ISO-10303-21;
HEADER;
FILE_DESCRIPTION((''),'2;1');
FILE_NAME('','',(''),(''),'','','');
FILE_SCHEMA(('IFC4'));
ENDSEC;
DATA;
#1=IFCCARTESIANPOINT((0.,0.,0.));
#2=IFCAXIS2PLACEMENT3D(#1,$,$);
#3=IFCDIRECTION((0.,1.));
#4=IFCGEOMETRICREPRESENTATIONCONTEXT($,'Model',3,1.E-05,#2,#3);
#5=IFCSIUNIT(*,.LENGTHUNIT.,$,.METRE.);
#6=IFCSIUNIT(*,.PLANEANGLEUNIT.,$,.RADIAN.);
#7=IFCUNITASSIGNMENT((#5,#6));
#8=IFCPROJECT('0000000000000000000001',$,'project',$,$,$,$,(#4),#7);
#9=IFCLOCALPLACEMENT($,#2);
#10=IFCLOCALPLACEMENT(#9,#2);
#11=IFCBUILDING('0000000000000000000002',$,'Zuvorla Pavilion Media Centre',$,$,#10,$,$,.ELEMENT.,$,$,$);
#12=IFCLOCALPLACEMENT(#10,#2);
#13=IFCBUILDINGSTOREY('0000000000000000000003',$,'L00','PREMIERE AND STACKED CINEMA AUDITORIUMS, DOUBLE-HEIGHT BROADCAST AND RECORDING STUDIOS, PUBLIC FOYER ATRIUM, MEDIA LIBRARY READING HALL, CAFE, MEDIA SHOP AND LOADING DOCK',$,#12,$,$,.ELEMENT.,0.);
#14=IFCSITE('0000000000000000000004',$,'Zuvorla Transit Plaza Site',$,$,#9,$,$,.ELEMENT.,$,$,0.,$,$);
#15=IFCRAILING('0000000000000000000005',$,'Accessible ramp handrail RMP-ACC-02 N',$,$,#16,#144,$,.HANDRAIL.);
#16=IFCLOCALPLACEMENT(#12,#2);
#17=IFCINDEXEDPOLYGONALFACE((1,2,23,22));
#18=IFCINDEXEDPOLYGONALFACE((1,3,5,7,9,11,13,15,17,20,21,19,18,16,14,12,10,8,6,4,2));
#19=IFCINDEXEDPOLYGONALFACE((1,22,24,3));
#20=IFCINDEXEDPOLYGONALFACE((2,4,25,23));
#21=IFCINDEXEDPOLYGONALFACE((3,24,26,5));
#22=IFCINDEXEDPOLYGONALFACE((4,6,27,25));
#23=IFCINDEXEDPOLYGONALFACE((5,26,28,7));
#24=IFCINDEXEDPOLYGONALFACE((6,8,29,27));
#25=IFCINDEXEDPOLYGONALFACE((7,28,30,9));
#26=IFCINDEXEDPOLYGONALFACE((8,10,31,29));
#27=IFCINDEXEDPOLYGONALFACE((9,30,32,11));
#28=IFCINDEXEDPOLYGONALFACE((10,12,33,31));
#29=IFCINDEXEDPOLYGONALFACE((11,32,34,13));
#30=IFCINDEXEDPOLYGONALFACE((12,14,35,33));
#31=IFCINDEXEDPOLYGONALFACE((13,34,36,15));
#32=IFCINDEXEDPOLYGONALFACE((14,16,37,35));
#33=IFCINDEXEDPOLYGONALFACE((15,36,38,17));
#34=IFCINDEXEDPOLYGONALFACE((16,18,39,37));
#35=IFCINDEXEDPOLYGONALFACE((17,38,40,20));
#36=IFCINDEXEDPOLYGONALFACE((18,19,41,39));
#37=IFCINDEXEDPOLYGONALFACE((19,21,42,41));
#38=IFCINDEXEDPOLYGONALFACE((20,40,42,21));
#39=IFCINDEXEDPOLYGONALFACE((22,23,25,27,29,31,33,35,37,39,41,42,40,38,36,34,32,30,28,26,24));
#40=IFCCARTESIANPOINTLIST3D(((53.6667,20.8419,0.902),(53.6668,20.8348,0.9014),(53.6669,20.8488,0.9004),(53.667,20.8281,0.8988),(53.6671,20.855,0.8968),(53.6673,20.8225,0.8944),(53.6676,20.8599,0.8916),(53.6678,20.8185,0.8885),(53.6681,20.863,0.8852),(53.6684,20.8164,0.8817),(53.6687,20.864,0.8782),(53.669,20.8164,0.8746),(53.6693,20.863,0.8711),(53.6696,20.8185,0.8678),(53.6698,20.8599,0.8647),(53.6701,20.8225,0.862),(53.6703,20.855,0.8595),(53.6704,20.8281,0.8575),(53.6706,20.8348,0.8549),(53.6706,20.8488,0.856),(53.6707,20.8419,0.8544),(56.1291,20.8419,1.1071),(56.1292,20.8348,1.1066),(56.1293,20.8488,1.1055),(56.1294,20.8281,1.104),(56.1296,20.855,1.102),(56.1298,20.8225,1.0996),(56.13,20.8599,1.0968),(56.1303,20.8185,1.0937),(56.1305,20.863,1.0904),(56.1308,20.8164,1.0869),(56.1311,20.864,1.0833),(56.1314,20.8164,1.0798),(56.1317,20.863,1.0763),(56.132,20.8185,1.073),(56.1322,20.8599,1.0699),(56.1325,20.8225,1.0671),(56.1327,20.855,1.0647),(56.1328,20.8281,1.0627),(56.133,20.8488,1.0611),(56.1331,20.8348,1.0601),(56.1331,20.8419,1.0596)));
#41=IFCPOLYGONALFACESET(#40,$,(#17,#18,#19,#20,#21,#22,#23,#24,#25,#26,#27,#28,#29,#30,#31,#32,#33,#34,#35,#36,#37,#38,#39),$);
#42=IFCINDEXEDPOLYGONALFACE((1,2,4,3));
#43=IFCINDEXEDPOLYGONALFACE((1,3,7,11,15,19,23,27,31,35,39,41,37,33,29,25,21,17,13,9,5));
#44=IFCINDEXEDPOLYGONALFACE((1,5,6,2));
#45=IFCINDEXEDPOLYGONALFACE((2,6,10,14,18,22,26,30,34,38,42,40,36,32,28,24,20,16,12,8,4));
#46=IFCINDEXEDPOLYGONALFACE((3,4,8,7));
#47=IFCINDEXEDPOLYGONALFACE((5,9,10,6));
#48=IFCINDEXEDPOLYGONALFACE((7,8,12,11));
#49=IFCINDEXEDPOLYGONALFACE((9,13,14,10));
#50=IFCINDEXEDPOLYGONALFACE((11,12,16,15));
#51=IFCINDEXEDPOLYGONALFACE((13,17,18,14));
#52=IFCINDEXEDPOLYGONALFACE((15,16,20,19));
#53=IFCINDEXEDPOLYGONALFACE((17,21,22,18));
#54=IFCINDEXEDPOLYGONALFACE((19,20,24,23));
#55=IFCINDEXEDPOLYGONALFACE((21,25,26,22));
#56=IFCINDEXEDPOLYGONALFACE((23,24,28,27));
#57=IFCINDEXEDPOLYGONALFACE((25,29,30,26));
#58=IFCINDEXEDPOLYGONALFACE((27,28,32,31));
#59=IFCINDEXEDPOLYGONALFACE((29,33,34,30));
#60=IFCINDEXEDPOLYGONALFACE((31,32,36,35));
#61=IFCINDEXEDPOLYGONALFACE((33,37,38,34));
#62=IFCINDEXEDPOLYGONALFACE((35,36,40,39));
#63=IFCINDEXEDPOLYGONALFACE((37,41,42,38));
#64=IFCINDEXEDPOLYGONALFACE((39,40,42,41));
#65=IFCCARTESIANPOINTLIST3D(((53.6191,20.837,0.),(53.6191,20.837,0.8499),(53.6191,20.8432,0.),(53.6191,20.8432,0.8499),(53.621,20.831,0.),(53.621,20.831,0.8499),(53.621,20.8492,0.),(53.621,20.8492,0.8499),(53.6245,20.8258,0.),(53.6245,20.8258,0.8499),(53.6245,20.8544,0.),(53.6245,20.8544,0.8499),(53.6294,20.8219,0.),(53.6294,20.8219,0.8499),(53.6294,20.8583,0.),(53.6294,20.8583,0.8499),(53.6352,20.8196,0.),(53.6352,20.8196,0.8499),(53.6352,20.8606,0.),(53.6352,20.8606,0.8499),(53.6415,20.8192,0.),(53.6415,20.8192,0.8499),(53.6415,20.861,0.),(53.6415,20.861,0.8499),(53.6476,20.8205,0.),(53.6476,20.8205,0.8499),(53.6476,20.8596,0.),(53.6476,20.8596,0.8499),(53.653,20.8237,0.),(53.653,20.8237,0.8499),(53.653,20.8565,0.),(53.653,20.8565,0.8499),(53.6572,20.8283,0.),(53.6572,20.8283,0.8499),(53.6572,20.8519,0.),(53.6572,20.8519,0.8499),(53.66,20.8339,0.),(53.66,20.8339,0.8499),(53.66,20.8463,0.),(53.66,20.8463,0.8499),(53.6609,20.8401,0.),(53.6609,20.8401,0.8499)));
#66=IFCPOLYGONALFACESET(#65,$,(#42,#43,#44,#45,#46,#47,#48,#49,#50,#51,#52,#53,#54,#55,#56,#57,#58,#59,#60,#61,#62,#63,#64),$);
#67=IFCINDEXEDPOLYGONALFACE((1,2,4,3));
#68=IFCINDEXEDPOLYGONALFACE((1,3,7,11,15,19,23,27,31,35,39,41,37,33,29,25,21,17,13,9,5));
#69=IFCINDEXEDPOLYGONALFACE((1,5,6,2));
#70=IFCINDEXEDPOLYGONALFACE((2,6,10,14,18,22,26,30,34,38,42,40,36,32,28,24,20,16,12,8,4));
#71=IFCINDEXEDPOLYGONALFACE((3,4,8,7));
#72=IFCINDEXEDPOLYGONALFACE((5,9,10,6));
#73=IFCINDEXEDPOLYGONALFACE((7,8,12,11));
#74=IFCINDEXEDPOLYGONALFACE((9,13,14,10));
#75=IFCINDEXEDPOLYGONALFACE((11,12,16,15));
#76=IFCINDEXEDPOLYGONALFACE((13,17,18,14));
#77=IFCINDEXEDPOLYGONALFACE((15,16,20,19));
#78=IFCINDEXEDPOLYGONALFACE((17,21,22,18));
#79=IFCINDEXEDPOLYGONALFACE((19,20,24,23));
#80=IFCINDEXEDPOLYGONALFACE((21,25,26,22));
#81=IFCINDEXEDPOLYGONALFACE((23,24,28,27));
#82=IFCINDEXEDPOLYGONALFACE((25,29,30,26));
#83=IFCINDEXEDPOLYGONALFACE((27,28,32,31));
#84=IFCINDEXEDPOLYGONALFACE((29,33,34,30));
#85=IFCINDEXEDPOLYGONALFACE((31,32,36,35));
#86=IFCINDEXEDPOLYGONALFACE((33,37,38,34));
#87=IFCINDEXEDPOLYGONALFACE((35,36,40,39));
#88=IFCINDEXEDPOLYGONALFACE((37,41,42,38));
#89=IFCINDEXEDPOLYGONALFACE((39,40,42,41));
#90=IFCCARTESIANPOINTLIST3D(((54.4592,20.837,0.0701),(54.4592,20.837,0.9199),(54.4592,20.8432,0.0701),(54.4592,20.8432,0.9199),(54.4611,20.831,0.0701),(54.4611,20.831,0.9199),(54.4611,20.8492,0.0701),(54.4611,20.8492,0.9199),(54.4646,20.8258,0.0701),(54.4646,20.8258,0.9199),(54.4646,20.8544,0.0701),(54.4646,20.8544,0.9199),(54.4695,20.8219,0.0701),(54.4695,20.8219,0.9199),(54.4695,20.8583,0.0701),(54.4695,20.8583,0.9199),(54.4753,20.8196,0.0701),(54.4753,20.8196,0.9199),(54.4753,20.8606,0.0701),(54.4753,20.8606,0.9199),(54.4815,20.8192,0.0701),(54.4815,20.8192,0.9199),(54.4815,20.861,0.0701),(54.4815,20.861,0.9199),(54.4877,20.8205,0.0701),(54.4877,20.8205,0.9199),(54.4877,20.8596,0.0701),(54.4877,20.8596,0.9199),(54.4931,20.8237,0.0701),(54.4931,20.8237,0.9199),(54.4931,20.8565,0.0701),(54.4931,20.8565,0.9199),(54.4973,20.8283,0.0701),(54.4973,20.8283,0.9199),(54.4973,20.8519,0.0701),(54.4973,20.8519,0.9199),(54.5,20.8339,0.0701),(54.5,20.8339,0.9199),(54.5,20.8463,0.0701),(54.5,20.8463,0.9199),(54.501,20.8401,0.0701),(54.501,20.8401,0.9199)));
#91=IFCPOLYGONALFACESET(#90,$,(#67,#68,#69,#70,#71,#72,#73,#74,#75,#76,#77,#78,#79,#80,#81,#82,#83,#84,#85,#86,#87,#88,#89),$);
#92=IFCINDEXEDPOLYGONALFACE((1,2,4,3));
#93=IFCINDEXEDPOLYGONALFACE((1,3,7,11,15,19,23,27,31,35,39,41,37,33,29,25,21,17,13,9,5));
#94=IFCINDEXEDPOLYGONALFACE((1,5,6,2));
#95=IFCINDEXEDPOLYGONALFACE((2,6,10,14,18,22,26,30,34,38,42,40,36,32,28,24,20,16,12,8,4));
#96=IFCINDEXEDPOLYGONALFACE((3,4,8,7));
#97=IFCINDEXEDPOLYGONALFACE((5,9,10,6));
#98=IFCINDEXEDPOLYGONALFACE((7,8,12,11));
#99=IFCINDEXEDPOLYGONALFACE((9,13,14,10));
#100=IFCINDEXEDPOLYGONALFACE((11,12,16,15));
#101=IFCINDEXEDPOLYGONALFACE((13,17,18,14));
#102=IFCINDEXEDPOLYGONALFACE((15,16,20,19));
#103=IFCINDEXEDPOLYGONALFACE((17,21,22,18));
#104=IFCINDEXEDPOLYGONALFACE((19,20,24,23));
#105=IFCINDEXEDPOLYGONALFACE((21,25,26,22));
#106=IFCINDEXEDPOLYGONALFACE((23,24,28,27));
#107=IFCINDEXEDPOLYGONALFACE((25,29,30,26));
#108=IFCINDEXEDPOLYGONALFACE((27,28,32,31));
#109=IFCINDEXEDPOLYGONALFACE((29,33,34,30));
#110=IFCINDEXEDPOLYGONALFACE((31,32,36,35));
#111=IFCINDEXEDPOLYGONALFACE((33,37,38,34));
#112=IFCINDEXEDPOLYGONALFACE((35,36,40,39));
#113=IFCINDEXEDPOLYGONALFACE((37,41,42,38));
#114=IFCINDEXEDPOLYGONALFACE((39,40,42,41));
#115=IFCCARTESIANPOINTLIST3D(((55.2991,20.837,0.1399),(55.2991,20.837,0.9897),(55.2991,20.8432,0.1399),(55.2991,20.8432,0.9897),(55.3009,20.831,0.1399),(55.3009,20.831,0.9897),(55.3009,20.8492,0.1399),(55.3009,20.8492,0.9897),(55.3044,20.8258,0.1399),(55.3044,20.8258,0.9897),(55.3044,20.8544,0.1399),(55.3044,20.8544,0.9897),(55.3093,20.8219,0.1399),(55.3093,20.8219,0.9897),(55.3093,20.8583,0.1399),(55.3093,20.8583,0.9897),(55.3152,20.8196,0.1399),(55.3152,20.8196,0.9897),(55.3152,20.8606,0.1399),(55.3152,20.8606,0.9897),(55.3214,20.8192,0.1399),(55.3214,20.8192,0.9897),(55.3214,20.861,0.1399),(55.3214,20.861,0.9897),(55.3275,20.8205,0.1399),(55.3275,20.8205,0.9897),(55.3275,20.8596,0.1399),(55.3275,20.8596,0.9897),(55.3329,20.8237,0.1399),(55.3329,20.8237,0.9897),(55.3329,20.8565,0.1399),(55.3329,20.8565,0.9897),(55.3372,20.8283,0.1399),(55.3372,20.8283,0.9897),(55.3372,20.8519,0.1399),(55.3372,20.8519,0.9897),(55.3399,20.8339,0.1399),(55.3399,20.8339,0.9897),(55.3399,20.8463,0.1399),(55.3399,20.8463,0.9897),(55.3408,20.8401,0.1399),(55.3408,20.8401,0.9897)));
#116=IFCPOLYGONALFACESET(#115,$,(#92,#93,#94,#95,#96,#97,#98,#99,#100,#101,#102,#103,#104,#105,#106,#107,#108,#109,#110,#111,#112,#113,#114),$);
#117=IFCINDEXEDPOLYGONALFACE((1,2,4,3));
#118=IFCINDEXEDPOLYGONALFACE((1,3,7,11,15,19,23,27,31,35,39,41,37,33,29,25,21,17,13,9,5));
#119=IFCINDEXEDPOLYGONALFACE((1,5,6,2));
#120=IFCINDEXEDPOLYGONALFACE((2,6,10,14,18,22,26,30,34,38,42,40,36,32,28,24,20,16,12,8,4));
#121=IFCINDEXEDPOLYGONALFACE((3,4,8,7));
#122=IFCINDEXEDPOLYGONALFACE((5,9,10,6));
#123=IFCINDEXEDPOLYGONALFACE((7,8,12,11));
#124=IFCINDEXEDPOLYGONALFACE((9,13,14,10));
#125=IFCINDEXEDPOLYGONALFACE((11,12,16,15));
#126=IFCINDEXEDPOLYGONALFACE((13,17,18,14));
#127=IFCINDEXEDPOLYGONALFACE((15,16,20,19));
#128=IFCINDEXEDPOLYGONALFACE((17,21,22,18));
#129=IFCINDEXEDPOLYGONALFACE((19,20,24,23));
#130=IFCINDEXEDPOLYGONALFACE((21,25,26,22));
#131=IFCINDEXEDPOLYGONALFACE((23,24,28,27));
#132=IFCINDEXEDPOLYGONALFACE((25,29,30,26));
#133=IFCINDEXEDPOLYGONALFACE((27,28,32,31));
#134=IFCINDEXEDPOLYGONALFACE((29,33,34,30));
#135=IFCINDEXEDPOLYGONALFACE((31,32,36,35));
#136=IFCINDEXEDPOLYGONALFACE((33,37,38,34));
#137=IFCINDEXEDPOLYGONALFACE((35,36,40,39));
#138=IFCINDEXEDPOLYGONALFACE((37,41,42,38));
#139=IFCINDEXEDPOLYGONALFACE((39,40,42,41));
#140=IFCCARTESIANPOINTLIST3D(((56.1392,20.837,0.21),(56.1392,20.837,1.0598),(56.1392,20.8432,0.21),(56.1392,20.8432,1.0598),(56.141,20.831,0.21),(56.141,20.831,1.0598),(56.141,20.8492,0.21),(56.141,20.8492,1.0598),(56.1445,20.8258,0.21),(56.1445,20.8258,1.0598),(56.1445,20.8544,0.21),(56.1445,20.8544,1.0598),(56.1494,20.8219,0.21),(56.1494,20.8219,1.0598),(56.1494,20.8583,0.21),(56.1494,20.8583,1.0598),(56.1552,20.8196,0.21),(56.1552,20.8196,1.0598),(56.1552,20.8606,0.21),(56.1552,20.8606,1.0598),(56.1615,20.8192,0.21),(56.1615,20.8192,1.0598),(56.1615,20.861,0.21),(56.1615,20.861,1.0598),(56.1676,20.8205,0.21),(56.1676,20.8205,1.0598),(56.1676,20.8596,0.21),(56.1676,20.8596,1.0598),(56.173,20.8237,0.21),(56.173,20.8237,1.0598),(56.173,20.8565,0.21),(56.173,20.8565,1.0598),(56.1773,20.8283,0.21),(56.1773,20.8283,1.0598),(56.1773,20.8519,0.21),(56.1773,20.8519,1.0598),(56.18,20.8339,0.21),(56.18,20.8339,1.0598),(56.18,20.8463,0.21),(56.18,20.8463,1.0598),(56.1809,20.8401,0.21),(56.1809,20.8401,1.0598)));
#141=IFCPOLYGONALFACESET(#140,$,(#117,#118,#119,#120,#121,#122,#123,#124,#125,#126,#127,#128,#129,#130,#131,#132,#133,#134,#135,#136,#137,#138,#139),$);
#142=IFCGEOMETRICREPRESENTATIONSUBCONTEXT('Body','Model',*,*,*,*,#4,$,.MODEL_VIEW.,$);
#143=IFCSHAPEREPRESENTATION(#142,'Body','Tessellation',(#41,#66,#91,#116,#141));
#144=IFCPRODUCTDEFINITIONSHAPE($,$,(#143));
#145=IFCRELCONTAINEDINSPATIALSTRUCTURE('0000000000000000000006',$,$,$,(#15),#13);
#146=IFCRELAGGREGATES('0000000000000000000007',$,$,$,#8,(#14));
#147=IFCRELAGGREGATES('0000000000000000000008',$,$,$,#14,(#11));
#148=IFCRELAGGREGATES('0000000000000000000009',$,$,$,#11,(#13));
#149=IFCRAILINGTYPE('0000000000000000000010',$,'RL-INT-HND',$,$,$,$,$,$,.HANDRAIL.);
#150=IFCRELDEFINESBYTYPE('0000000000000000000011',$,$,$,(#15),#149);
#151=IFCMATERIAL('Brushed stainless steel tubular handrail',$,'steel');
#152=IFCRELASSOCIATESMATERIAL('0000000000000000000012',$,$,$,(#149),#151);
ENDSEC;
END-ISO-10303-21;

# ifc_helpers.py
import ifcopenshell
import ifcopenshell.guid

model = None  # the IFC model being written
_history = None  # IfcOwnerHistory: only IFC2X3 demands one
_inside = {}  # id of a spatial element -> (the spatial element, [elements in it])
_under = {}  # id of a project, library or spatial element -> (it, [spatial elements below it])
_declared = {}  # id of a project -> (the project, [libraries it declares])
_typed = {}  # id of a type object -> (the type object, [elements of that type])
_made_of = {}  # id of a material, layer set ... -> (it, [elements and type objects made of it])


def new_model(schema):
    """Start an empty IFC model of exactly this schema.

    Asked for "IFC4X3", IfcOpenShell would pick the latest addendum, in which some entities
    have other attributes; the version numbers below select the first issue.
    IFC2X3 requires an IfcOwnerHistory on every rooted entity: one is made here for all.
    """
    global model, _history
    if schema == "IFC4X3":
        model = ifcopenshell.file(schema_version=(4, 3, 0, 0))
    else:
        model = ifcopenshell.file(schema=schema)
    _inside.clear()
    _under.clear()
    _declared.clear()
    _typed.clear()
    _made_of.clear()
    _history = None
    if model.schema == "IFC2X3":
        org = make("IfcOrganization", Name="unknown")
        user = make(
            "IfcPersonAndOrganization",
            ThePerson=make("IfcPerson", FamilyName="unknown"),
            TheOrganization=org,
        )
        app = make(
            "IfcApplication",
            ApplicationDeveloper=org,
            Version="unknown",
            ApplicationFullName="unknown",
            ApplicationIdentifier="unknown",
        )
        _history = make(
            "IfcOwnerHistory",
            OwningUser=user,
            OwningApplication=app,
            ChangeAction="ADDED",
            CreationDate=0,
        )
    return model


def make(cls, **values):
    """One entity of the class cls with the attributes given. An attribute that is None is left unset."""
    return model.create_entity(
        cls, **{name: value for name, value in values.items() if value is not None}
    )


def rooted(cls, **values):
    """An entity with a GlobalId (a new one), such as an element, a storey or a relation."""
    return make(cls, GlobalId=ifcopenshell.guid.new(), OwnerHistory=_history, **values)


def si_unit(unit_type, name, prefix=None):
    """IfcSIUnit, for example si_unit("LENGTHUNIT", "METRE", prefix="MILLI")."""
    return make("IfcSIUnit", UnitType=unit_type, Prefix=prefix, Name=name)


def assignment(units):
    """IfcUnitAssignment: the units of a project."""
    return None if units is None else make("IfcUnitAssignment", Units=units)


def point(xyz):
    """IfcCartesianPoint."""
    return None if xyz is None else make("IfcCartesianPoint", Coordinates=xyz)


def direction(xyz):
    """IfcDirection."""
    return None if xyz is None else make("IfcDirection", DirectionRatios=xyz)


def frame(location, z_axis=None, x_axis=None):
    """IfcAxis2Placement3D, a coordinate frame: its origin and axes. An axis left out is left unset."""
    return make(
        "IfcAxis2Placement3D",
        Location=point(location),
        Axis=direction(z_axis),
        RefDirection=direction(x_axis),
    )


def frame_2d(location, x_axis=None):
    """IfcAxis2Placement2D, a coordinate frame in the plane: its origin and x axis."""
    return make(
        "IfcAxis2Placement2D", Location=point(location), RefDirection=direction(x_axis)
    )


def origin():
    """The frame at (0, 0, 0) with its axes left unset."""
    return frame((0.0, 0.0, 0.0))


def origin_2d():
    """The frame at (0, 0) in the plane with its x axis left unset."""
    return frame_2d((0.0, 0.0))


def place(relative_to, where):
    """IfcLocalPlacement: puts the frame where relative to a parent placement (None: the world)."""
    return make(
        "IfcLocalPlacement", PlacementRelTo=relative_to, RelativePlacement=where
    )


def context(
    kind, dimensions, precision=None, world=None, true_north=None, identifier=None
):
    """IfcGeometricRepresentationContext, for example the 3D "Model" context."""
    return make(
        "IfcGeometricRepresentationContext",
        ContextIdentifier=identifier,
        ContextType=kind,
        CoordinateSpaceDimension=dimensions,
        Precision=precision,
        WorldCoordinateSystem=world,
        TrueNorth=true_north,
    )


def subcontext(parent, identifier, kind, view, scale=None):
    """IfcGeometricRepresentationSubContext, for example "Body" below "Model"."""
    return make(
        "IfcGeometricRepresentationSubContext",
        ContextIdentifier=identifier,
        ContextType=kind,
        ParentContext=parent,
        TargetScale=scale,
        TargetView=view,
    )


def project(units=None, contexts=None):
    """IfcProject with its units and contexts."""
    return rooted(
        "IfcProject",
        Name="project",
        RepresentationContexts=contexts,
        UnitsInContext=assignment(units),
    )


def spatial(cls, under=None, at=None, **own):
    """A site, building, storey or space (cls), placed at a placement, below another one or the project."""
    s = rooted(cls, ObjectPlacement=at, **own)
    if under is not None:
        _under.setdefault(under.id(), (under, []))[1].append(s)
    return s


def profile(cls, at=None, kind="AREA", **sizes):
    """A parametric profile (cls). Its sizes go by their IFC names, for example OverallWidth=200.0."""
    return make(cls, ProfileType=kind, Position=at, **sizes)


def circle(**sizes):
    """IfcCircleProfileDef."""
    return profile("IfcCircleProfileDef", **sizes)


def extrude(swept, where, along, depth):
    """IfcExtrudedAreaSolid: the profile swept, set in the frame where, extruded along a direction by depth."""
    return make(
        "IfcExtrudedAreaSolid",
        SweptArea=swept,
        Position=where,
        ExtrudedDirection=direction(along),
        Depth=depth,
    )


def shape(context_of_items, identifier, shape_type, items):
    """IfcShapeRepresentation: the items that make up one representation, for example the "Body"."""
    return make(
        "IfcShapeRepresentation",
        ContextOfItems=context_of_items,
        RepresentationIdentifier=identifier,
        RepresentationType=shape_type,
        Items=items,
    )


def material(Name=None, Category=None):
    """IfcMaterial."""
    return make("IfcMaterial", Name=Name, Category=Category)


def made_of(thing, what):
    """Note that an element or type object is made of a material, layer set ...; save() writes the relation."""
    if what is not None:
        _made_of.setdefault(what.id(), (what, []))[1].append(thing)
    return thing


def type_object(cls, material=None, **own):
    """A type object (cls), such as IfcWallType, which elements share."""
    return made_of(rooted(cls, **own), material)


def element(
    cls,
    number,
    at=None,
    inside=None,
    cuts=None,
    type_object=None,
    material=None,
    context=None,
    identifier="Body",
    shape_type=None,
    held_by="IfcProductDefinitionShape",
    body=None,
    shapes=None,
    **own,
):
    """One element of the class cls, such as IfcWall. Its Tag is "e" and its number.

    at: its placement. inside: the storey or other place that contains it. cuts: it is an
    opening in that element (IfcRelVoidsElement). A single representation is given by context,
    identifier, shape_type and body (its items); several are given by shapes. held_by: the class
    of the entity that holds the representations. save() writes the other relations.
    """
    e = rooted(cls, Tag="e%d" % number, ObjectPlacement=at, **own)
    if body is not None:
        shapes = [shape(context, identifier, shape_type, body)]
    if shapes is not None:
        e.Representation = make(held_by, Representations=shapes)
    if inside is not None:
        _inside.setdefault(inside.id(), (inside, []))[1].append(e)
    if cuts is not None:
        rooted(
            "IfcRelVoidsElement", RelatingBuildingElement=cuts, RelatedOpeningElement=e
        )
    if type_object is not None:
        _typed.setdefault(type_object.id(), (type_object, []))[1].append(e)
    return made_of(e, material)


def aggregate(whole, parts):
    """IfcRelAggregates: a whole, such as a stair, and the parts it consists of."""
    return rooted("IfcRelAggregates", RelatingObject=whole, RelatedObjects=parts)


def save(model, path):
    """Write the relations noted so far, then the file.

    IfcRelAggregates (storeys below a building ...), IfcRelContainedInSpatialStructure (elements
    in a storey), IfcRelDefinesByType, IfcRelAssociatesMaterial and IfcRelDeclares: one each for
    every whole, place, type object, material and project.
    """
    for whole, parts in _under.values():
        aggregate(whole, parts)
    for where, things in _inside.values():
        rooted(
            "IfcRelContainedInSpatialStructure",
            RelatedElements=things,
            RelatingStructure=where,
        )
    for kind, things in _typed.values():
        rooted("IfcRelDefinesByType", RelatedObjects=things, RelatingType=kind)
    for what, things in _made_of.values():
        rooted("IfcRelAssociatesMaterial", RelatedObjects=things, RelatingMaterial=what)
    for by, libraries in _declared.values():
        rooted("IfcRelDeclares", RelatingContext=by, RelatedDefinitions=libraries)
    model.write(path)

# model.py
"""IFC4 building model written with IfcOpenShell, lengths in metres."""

from ifc_helpers import new_model, si_unit, direction, frame, origin, origin_2d, place, context, subcontext, project, spatial, circle, extrude, material, type_object, element, save


model = new_model("IFC4")

# Units and contexts
model_context = context("Model", 3, precision=1e-05, world=origin(), true_north=direction((0.0, 1.0)))
body_context = subcontext(model_context, "Body", "Model", "MODEL_VIEW")
ifc_project = project(units=[si_unit("LENGTHUNIT", "METRE"), si_unit("PLANEANGLEUNIT", "RADIAN")], contexts=[model_context])

# Site, building, storey
site_placement = place(None, origin())
site = spatial("IfcSite", under=ifc_project, at=site_placement, Name="Zuvorla Transit Plaza Site", CompositionType="ELEMENT", RefElevation=0.0)
building_placement = place(site_placement, origin())
building = spatial("IfcBuilding", under=site, at=building_placement, Name="Zuvorla Pavilion Media Centre", CompositionType="ELEMENT")
storey_placement = place(building_placement, origin())
storey = spatial("IfcBuildingStorey", under=building, at=storey_placement, Name="L00", Description="PREMIERE AND STACKED CINEMA AUDITORIUMS, DOUBLE-HEIGHT BROADCAST AND RECORDING STUDIOS, PUBLIC FOYER ATRIUM, MEDIA LIBRARY READING HALL, CAFE, MEDIA SHOP AND LOADING DOCK", CompositionType="ELEMENT", Elevation=0.0)

# Railing
ifc_material_1 = material(Name="Brushed stainless steel tubular handrail", Category="steel")
railing_type = type_object("IfcRailingType", Name="RL-INT-HND", PredefinedType="HANDRAIL", material=ifc_material_1)
for number, where, name in (
    (1, (53.6399, 20.8401, 0.0), "Accessible ramp handrail RMP-ACC-02 N"),
):
    element("IfcRailing", number, at=place(storey_placement, frame(where)), inside=storey, type_object=railing_type, Name=name, PredefinedType="HANDRAIL", context=body_context, shape_type="SweptSolid", body=[
        extrude(circle(Radius=0.0239, at=origin_2d()), frame((0.0288, 0.0, 0.8782), z_axis=(0.996547, 0.0, 0.083029), x_axis=(0.0, 1.0, 0.0)), (0.0, 0.0, 1.0), 2.4709),
        extrude(circle(Radius=0.021, at=origin_2d()), origin(), (0.0, 0.0, 1.0), 0.8499),
        extrude(circle(Radius=0.021, at=origin_2d()), frame((0.8401, 0.0, 0.0701)), (0.0, 0.0, 1.0), 0.8499),
        extrude(circle(Radius=0.021, at=origin_2d()), frame((1.6799, 0.0, 0.1399)), (0.0, 0.0, 1.0), 0.8499),
        extrude(circle(Radius=0.021, at=origin_2d()), frame((2.52, 0.0, 0.21)), (0.0, 0.0, 1.0), 0.8499),
    ])

save(model, "model.ifc")
